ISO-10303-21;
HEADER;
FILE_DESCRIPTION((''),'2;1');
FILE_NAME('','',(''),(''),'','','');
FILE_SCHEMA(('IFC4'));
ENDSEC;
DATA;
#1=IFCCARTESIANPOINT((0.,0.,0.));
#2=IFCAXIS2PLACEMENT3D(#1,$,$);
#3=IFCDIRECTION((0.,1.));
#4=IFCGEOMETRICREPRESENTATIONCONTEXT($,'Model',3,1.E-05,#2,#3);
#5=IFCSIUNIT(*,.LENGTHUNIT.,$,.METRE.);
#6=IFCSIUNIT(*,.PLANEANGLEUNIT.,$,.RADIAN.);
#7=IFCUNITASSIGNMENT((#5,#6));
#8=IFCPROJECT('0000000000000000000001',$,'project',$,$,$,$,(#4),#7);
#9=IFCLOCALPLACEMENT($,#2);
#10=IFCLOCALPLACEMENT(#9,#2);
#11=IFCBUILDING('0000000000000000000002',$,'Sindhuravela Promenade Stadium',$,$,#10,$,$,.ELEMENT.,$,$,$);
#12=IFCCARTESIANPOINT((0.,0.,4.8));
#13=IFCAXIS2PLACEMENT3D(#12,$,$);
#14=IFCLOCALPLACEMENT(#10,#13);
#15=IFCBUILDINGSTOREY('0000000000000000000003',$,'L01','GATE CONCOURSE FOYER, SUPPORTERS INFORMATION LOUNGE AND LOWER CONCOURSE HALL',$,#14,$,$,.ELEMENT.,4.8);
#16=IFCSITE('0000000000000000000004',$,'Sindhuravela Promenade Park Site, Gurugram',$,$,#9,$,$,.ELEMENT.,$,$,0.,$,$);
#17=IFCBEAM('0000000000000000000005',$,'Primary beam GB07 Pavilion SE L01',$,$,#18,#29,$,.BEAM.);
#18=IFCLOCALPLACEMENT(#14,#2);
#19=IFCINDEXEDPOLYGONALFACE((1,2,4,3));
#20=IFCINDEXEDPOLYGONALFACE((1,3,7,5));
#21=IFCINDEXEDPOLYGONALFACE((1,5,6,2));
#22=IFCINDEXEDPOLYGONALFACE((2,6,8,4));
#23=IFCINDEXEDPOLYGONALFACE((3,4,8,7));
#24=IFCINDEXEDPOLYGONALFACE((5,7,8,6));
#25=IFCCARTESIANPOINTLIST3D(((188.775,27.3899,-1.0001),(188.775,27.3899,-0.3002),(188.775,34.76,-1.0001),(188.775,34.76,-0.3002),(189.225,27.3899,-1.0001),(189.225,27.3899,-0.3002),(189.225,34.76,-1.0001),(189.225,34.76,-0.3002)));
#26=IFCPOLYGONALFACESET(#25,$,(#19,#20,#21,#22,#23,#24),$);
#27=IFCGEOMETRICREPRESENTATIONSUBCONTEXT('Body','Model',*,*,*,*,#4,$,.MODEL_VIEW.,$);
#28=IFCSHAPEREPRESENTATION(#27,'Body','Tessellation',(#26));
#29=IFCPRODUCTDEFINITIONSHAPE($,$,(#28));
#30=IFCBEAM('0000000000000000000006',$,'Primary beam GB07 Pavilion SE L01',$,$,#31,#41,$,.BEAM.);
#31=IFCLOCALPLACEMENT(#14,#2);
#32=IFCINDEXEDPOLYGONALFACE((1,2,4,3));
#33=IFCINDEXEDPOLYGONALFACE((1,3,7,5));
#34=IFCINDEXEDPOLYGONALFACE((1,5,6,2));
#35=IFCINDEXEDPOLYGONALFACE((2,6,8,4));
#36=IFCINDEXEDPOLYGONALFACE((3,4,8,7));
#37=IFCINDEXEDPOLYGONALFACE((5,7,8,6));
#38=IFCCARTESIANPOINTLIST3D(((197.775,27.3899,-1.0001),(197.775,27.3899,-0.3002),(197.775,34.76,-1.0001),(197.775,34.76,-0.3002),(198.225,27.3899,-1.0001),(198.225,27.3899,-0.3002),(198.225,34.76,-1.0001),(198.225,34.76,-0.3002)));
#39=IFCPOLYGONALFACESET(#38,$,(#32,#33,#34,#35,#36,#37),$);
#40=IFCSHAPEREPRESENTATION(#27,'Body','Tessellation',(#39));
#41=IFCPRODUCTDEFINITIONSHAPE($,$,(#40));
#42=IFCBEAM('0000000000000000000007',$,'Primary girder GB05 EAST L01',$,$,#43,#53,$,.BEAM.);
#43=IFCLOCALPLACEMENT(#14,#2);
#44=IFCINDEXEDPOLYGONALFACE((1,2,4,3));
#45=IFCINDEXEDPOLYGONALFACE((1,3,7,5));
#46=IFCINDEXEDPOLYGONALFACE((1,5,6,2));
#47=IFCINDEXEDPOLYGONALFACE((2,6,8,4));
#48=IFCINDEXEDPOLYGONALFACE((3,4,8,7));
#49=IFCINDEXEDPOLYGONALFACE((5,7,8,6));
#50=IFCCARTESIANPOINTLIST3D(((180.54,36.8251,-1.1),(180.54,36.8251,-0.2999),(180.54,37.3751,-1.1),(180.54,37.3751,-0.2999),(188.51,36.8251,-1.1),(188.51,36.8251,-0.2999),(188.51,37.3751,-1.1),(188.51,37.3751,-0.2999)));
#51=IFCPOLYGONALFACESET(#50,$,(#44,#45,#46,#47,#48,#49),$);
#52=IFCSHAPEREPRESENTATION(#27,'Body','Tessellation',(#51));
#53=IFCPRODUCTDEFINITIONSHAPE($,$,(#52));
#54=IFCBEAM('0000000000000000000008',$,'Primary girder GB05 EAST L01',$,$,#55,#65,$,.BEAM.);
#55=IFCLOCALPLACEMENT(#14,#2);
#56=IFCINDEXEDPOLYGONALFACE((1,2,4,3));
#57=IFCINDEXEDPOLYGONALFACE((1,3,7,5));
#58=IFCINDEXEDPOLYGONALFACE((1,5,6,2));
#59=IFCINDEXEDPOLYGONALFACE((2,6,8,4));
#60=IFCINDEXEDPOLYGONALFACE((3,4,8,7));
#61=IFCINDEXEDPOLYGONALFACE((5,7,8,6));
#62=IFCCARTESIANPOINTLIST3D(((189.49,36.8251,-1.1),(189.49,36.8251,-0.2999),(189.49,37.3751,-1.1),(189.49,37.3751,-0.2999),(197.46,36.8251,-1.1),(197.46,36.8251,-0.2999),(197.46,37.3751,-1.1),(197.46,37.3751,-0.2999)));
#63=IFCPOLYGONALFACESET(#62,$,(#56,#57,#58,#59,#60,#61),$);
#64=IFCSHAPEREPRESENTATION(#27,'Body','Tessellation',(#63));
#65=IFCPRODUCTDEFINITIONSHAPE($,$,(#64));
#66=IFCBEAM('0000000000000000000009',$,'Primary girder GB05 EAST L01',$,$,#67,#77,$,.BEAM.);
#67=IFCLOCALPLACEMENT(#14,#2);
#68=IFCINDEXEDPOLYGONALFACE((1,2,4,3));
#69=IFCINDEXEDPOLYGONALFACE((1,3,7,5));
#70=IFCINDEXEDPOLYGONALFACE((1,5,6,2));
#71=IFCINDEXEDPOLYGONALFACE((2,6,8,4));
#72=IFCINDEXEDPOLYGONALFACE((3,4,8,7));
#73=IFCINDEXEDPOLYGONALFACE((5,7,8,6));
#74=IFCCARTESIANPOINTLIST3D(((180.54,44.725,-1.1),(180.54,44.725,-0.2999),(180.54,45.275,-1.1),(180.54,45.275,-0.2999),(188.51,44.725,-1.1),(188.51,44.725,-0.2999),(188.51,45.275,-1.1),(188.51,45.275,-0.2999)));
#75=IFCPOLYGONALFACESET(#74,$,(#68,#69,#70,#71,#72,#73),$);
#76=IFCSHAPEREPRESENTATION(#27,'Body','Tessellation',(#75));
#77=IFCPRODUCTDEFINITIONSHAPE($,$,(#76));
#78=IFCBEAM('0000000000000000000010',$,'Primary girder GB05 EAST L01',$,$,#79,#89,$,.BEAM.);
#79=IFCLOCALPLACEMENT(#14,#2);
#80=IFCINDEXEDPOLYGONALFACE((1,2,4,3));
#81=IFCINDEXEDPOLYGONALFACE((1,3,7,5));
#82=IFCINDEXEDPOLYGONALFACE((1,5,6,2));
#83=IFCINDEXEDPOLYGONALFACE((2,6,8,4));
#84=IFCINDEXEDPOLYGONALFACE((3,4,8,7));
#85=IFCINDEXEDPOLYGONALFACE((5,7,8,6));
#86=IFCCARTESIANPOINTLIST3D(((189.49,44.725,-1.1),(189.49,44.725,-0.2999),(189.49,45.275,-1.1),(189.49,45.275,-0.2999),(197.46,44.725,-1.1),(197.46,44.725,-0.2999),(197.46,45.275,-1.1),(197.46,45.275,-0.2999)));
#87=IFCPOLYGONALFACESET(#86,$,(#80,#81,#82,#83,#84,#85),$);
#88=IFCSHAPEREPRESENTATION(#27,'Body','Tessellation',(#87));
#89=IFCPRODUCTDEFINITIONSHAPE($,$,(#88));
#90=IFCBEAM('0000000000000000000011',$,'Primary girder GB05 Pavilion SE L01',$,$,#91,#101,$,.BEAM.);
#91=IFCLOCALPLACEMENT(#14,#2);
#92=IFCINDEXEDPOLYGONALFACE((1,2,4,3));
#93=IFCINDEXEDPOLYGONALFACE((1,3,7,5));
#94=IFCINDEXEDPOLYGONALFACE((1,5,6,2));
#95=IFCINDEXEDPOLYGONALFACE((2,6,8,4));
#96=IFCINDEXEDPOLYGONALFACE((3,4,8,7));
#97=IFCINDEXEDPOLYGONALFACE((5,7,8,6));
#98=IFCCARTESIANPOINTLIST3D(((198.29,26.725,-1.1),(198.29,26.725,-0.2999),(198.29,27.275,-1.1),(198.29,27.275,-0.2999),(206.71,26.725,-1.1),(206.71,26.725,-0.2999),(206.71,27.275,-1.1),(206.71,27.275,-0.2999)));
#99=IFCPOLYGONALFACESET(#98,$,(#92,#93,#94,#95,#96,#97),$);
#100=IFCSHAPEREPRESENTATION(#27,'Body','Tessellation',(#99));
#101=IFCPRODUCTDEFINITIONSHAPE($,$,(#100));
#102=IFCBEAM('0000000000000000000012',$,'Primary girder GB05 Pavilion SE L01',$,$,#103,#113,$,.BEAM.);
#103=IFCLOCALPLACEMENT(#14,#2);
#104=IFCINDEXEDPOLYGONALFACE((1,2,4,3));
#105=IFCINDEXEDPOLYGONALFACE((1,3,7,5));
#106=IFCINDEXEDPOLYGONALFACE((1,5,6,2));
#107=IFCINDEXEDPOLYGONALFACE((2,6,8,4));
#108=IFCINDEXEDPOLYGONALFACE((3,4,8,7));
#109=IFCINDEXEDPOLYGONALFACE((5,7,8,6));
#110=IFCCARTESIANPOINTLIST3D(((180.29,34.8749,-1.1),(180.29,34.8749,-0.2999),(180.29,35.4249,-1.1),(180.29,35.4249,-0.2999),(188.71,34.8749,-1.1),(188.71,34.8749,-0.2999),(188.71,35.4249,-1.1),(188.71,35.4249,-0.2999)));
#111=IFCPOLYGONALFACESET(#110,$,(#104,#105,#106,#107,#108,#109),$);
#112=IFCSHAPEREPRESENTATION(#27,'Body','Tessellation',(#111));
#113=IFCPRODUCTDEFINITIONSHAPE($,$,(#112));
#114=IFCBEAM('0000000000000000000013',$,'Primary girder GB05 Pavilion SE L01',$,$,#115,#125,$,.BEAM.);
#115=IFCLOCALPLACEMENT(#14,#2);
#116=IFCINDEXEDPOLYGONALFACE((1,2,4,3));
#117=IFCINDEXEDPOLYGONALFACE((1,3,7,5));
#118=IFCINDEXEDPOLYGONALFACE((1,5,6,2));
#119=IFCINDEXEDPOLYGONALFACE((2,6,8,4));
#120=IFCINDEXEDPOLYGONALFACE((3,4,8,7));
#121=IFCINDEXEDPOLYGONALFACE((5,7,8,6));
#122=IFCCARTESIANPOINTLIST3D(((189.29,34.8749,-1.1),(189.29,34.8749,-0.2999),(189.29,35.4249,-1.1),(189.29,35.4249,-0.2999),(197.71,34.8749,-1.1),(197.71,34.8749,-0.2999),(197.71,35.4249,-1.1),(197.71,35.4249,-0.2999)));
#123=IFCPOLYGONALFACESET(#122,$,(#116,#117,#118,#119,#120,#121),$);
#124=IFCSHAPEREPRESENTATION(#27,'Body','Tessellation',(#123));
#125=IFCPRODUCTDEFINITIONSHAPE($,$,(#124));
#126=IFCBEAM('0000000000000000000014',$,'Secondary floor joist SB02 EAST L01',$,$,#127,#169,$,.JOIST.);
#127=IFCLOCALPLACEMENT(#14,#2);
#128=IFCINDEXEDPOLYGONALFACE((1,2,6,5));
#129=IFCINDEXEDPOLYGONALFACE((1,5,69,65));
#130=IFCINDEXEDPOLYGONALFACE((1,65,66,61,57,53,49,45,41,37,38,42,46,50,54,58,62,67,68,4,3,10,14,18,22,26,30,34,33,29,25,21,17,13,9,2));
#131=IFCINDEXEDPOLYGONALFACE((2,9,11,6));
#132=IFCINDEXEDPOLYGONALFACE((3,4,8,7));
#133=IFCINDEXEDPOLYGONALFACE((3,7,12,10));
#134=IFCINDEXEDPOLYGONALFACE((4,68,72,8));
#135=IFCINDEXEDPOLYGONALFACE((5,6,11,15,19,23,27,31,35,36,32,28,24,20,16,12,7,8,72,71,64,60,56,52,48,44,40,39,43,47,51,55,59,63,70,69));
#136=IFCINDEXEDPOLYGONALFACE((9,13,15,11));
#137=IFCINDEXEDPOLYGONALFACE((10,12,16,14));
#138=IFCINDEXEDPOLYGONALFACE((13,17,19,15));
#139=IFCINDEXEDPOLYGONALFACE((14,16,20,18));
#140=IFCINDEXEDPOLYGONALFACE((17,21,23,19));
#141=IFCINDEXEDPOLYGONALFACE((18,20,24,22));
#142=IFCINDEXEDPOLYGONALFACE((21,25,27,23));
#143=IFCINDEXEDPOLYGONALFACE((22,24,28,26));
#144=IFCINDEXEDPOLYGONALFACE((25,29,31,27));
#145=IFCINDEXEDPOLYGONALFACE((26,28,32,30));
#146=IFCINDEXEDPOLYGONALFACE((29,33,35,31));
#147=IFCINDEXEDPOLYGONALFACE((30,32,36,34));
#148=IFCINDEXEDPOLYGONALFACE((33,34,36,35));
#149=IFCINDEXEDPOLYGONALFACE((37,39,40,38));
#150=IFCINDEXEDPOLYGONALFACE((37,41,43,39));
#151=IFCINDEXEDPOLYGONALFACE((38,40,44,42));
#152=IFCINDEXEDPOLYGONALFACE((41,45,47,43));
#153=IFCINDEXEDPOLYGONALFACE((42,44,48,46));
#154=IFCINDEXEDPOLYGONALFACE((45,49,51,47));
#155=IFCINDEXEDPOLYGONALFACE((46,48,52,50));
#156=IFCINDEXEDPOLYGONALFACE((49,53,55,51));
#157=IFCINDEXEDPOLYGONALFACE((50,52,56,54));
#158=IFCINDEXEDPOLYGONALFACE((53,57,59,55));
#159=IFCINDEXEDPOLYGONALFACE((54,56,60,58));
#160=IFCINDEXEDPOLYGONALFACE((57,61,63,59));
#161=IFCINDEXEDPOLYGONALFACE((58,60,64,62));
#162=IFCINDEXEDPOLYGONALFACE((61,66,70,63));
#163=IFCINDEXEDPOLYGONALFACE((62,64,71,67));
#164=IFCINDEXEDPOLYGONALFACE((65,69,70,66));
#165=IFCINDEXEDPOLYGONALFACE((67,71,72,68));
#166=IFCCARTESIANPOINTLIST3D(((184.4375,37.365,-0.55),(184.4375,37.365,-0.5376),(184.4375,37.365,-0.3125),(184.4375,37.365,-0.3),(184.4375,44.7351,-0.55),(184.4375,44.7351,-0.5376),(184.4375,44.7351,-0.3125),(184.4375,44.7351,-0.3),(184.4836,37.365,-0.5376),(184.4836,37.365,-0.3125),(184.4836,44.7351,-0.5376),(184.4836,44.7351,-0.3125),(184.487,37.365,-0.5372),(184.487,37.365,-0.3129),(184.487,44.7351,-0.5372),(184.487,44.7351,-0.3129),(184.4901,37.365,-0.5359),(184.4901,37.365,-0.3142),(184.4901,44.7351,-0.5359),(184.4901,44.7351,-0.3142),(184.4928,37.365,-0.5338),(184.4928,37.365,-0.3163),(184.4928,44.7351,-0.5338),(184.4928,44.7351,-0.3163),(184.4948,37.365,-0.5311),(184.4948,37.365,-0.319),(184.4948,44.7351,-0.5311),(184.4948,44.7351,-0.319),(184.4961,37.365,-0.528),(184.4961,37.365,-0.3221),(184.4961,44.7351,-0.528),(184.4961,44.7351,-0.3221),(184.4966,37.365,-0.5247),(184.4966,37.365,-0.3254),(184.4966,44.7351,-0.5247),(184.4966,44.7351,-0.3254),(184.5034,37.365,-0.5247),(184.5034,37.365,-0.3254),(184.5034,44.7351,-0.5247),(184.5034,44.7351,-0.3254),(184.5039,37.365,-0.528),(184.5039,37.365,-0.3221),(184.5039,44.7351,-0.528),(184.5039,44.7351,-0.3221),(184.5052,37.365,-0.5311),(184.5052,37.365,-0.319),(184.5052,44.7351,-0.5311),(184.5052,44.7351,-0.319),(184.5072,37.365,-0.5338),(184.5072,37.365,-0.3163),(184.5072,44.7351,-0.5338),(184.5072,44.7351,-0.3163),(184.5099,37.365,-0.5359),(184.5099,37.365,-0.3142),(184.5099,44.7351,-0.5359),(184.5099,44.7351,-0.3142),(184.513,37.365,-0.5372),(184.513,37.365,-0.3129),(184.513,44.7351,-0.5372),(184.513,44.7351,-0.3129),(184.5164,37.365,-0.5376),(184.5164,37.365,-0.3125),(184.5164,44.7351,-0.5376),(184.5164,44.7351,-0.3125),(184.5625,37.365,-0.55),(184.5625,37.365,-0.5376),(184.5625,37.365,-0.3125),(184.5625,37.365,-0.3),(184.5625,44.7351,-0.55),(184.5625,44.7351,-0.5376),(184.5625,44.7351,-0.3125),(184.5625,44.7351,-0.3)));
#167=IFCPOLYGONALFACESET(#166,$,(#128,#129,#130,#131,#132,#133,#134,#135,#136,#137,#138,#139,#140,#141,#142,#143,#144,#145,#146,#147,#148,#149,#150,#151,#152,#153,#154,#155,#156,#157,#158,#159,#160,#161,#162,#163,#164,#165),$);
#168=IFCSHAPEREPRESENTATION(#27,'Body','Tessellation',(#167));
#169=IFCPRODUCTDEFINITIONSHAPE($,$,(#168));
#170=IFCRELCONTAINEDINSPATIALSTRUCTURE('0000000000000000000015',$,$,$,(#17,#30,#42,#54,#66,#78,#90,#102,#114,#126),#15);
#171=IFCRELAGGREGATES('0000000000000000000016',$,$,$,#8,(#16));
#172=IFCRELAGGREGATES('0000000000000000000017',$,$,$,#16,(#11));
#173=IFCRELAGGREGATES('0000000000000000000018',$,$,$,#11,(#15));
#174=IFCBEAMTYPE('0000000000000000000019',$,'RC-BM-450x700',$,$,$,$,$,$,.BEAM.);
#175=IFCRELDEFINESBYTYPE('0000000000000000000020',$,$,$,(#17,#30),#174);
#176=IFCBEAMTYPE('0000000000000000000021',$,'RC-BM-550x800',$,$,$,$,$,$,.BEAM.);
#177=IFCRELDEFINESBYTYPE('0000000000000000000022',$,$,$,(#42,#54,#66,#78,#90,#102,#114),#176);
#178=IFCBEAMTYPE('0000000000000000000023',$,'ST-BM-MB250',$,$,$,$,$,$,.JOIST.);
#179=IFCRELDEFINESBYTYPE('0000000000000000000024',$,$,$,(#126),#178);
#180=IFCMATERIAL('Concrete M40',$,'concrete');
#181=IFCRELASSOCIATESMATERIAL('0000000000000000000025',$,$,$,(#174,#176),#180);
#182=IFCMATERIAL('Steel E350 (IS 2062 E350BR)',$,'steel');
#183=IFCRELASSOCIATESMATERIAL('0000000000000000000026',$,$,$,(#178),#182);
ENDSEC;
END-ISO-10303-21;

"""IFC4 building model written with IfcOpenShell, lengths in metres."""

from ifc_helpers import new_model, si_unit, direction, frame, origin, origin_2d, place, context, subcontext, project, spatial, rectangle, i_section, extrude, material, material_profile, profile_set, type_object, element, save


model = new_model("IFC4")

# Units and contexts
model_context = context("Model", 3, precision=1e-05, world=origin(), true_north=direction((0.0, 1.0)))
body_context = subcontext(model_context, "Body", "Model", "MODEL_VIEW")
ifc_project = project(units=[si_unit("LENGTHUNIT", "METRE"), si_unit("PLANEANGLEUNIT", "RADIAN")], contexts=[model_context])

# Site, building, storey
site_placement = place(None, origin())
site = spatial("IfcSite", under=ifc_project, at=site_placement, Name="Sindhuravela Promenade Park Site, Gurugram", CompositionType="ELEMENT", RefElevation=0.0)
building_placement = place(site_placement, origin())
building = spatial("IfcBuilding", under=site, at=building_placement, Name="Sindhuravela Promenade Stadium", CompositionType="ELEMENT")
storey_placement = place(building_placement, frame((0.0, 0.0, 4.8)))
storey = spatial("IfcBuildingStorey", under=building, at=storey_placement, Name="L01", Description="GATE CONCOURSE FOYER, SUPPORTERS INFORMATION LOUNGE AND LOWER CONCOURSE HALL", CompositionType="ELEMENT", Elevation=4.8)

# Shared definitions
ifc_material_1 = material(Name="Concrete M40", Category="concrete")

# Beams
ifc_material_profile_1 = material_profile(ifc_material_1, rectangle(XDim=0.45, YDim=0.7, at=origin_2d()), Name="RC 450x700")
ifc_profile_set_1 = profile_set([ifc_material_profile_1], Name="Concrete M40")
beam_type_1 = type_object("IfcBeamType", Name="RC-BM-450x700", PredefinedType="BEAM", material=ifc_profile_set_1)
for number, where, z_axis, x_axis, name in (
    (1, (189.0, 27.3899, -0.6501), (0.0, 1.0, 0.0), (-1.0, 0.0, 0.0), "Primary beam GB07 Pavilion SE L01"),
    (2, (198.0, 27.3899, -0.6501), (0.0, 1.0, 0.0), (-1.0, 0.0, 0.0), "Primary beam GB07 Pavilion SE L01"),
):
    element("IfcBeam", number, at=place(storey_placement, frame(where, z_axis=z_axis, x_axis=x_axis)), inside=storey, type_object=beam_type_1, Name=name, PredefinedType="BEAM", context=body_context, shape_type="SweptSolid", body=[
        extrude(rectangle(XDim=0.45, YDim=0.7, at=origin_2d()), origin(), (0.0, 0.0, 1.0), 7.3701),
    ])
ifc_material_profile_2 = material_profile(ifc_material_1, rectangle(XDim=0.55, YDim=0.8, at=origin_2d()), Name="RC 550x800")
ifc_profile_set_2 = profile_set([ifc_material_profile_2], Name="Concrete M40")
beam_type_2 = type_object("IfcBeamType", Name="RC-BM-550x800", PredefinedType="BEAM", material=ifc_profile_set_2)
for number, where, z_axis, x_axis, name in (
    (3, (180.54, 37.1001, -0.7), (1.0, 0.0, 0.0), (0.0, 1.0, 0.0), "Primary girder GB05 EAST L01"),
    (4, (189.49, 37.1001, -0.7), (1.0, 0.0, 0.0), (0.0, 1.0, 0.0), "Primary girder GB05 EAST L01"),
    (5, (180.54, 45.0, -0.7), (1.0, 0.0, 0.0), (0.0, 1.0, 0.0), "Primary girder GB05 EAST L01"),
    (6, (189.49, 45.0, -0.7), (1.0, 0.0, 0.0), (0.0, 1.0, 0.0), "Primary girder GB05 EAST L01"),
):
    element("IfcBeam", number, at=place(storey_placement, frame(where, z_axis=z_axis, x_axis=x_axis)), inside=storey, type_object=beam_type_2, Name=name, PredefinedType="BEAM", context=body_context, shape_type="SweptSolid", body=[
        extrude(rectangle(XDim=0.55, YDim=0.8, at=origin_2d()), origin(), (0.0, 0.0, 1.0), 7.97),
    ])
for number, where, z_axis, x_axis, name in (
    (7, (198.29, 27.0, -0.7), (1.0, 0.0, 0.0), (0.0, 1.0, 0.0), "Primary girder GB05 Pavilion SE L01"),
    (8, (180.29, 35.1499, -0.7), (1.0, 0.0, 0.0), (0.0, 1.0, 0.0), "Primary girder GB05 Pavilion SE L01"),
    (9, (189.29, 35.1499, -0.7), (1.0, 0.0, 0.0), (0.0, 1.0, 0.0), "Primary girder GB05 Pavilion SE L01"),
):
    element("IfcBeam", number, at=place(storey_placement, frame(where, z_axis=z_axis, x_axis=x_axis)), inside=storey, type_object=beam_type_2, Name=name, PredefinedType="BEAM", context=body_context, shape_type="SweptSolid", body=[
        extrude(rectangle(XDim=0.55, YDim=0.8, at=origin_2d()), origin(), (0.0, 0.0, 1.0), 8.4199),
    ])
ifc_material_2 = material(Name="Steel E350 (IS 2062 E350BR)", Category="steel")
ifc_material_profile_3 = material_profile(ifc_material_2, i_section(OverallWidth=0.125, OverallDepth=0.25, WebThickness=0.0068, FlangeThickness=0.0125, FilletRadius=0.0129, at=origin_2d()), Name="ISMB 250")
ifc_profile_set_3 = profile_set([ifc_material_profile_3], Name="Steel E350 (IS 2062 E350BR)")
beam_type_3 = type_object("IfcBeamType", Name="ST-BM-MB250", PredefinedType="JOIST", material=ifc_profile_set_3)
beam_1_placement = place(storey_placement, frame((184.5, 37.365, -0.425), z_axis=(0.0, 1.0, 0.0), x_axis=(-1.0, 0.0, 0.0)))
element("IfcBeam", 10, at=beam_1_placement, inside=storey, type_object=beam_type_3, Name="Secondary floor joist SB02 EAST L01", PredefinedType="JOIST", context=body_context, shape_type="SweptSolid", body=[
    extrude(i_section(OverallWidth=0.125, OverallDepth=0.25, WebThickness=0.0068, FlangeThickness=0.0125, FilletRadius=0.0129, at=origin_2d()), origin(), (0.0, 0.0, 1.0), 7.3701),
])

save(model, "model.ifc")
